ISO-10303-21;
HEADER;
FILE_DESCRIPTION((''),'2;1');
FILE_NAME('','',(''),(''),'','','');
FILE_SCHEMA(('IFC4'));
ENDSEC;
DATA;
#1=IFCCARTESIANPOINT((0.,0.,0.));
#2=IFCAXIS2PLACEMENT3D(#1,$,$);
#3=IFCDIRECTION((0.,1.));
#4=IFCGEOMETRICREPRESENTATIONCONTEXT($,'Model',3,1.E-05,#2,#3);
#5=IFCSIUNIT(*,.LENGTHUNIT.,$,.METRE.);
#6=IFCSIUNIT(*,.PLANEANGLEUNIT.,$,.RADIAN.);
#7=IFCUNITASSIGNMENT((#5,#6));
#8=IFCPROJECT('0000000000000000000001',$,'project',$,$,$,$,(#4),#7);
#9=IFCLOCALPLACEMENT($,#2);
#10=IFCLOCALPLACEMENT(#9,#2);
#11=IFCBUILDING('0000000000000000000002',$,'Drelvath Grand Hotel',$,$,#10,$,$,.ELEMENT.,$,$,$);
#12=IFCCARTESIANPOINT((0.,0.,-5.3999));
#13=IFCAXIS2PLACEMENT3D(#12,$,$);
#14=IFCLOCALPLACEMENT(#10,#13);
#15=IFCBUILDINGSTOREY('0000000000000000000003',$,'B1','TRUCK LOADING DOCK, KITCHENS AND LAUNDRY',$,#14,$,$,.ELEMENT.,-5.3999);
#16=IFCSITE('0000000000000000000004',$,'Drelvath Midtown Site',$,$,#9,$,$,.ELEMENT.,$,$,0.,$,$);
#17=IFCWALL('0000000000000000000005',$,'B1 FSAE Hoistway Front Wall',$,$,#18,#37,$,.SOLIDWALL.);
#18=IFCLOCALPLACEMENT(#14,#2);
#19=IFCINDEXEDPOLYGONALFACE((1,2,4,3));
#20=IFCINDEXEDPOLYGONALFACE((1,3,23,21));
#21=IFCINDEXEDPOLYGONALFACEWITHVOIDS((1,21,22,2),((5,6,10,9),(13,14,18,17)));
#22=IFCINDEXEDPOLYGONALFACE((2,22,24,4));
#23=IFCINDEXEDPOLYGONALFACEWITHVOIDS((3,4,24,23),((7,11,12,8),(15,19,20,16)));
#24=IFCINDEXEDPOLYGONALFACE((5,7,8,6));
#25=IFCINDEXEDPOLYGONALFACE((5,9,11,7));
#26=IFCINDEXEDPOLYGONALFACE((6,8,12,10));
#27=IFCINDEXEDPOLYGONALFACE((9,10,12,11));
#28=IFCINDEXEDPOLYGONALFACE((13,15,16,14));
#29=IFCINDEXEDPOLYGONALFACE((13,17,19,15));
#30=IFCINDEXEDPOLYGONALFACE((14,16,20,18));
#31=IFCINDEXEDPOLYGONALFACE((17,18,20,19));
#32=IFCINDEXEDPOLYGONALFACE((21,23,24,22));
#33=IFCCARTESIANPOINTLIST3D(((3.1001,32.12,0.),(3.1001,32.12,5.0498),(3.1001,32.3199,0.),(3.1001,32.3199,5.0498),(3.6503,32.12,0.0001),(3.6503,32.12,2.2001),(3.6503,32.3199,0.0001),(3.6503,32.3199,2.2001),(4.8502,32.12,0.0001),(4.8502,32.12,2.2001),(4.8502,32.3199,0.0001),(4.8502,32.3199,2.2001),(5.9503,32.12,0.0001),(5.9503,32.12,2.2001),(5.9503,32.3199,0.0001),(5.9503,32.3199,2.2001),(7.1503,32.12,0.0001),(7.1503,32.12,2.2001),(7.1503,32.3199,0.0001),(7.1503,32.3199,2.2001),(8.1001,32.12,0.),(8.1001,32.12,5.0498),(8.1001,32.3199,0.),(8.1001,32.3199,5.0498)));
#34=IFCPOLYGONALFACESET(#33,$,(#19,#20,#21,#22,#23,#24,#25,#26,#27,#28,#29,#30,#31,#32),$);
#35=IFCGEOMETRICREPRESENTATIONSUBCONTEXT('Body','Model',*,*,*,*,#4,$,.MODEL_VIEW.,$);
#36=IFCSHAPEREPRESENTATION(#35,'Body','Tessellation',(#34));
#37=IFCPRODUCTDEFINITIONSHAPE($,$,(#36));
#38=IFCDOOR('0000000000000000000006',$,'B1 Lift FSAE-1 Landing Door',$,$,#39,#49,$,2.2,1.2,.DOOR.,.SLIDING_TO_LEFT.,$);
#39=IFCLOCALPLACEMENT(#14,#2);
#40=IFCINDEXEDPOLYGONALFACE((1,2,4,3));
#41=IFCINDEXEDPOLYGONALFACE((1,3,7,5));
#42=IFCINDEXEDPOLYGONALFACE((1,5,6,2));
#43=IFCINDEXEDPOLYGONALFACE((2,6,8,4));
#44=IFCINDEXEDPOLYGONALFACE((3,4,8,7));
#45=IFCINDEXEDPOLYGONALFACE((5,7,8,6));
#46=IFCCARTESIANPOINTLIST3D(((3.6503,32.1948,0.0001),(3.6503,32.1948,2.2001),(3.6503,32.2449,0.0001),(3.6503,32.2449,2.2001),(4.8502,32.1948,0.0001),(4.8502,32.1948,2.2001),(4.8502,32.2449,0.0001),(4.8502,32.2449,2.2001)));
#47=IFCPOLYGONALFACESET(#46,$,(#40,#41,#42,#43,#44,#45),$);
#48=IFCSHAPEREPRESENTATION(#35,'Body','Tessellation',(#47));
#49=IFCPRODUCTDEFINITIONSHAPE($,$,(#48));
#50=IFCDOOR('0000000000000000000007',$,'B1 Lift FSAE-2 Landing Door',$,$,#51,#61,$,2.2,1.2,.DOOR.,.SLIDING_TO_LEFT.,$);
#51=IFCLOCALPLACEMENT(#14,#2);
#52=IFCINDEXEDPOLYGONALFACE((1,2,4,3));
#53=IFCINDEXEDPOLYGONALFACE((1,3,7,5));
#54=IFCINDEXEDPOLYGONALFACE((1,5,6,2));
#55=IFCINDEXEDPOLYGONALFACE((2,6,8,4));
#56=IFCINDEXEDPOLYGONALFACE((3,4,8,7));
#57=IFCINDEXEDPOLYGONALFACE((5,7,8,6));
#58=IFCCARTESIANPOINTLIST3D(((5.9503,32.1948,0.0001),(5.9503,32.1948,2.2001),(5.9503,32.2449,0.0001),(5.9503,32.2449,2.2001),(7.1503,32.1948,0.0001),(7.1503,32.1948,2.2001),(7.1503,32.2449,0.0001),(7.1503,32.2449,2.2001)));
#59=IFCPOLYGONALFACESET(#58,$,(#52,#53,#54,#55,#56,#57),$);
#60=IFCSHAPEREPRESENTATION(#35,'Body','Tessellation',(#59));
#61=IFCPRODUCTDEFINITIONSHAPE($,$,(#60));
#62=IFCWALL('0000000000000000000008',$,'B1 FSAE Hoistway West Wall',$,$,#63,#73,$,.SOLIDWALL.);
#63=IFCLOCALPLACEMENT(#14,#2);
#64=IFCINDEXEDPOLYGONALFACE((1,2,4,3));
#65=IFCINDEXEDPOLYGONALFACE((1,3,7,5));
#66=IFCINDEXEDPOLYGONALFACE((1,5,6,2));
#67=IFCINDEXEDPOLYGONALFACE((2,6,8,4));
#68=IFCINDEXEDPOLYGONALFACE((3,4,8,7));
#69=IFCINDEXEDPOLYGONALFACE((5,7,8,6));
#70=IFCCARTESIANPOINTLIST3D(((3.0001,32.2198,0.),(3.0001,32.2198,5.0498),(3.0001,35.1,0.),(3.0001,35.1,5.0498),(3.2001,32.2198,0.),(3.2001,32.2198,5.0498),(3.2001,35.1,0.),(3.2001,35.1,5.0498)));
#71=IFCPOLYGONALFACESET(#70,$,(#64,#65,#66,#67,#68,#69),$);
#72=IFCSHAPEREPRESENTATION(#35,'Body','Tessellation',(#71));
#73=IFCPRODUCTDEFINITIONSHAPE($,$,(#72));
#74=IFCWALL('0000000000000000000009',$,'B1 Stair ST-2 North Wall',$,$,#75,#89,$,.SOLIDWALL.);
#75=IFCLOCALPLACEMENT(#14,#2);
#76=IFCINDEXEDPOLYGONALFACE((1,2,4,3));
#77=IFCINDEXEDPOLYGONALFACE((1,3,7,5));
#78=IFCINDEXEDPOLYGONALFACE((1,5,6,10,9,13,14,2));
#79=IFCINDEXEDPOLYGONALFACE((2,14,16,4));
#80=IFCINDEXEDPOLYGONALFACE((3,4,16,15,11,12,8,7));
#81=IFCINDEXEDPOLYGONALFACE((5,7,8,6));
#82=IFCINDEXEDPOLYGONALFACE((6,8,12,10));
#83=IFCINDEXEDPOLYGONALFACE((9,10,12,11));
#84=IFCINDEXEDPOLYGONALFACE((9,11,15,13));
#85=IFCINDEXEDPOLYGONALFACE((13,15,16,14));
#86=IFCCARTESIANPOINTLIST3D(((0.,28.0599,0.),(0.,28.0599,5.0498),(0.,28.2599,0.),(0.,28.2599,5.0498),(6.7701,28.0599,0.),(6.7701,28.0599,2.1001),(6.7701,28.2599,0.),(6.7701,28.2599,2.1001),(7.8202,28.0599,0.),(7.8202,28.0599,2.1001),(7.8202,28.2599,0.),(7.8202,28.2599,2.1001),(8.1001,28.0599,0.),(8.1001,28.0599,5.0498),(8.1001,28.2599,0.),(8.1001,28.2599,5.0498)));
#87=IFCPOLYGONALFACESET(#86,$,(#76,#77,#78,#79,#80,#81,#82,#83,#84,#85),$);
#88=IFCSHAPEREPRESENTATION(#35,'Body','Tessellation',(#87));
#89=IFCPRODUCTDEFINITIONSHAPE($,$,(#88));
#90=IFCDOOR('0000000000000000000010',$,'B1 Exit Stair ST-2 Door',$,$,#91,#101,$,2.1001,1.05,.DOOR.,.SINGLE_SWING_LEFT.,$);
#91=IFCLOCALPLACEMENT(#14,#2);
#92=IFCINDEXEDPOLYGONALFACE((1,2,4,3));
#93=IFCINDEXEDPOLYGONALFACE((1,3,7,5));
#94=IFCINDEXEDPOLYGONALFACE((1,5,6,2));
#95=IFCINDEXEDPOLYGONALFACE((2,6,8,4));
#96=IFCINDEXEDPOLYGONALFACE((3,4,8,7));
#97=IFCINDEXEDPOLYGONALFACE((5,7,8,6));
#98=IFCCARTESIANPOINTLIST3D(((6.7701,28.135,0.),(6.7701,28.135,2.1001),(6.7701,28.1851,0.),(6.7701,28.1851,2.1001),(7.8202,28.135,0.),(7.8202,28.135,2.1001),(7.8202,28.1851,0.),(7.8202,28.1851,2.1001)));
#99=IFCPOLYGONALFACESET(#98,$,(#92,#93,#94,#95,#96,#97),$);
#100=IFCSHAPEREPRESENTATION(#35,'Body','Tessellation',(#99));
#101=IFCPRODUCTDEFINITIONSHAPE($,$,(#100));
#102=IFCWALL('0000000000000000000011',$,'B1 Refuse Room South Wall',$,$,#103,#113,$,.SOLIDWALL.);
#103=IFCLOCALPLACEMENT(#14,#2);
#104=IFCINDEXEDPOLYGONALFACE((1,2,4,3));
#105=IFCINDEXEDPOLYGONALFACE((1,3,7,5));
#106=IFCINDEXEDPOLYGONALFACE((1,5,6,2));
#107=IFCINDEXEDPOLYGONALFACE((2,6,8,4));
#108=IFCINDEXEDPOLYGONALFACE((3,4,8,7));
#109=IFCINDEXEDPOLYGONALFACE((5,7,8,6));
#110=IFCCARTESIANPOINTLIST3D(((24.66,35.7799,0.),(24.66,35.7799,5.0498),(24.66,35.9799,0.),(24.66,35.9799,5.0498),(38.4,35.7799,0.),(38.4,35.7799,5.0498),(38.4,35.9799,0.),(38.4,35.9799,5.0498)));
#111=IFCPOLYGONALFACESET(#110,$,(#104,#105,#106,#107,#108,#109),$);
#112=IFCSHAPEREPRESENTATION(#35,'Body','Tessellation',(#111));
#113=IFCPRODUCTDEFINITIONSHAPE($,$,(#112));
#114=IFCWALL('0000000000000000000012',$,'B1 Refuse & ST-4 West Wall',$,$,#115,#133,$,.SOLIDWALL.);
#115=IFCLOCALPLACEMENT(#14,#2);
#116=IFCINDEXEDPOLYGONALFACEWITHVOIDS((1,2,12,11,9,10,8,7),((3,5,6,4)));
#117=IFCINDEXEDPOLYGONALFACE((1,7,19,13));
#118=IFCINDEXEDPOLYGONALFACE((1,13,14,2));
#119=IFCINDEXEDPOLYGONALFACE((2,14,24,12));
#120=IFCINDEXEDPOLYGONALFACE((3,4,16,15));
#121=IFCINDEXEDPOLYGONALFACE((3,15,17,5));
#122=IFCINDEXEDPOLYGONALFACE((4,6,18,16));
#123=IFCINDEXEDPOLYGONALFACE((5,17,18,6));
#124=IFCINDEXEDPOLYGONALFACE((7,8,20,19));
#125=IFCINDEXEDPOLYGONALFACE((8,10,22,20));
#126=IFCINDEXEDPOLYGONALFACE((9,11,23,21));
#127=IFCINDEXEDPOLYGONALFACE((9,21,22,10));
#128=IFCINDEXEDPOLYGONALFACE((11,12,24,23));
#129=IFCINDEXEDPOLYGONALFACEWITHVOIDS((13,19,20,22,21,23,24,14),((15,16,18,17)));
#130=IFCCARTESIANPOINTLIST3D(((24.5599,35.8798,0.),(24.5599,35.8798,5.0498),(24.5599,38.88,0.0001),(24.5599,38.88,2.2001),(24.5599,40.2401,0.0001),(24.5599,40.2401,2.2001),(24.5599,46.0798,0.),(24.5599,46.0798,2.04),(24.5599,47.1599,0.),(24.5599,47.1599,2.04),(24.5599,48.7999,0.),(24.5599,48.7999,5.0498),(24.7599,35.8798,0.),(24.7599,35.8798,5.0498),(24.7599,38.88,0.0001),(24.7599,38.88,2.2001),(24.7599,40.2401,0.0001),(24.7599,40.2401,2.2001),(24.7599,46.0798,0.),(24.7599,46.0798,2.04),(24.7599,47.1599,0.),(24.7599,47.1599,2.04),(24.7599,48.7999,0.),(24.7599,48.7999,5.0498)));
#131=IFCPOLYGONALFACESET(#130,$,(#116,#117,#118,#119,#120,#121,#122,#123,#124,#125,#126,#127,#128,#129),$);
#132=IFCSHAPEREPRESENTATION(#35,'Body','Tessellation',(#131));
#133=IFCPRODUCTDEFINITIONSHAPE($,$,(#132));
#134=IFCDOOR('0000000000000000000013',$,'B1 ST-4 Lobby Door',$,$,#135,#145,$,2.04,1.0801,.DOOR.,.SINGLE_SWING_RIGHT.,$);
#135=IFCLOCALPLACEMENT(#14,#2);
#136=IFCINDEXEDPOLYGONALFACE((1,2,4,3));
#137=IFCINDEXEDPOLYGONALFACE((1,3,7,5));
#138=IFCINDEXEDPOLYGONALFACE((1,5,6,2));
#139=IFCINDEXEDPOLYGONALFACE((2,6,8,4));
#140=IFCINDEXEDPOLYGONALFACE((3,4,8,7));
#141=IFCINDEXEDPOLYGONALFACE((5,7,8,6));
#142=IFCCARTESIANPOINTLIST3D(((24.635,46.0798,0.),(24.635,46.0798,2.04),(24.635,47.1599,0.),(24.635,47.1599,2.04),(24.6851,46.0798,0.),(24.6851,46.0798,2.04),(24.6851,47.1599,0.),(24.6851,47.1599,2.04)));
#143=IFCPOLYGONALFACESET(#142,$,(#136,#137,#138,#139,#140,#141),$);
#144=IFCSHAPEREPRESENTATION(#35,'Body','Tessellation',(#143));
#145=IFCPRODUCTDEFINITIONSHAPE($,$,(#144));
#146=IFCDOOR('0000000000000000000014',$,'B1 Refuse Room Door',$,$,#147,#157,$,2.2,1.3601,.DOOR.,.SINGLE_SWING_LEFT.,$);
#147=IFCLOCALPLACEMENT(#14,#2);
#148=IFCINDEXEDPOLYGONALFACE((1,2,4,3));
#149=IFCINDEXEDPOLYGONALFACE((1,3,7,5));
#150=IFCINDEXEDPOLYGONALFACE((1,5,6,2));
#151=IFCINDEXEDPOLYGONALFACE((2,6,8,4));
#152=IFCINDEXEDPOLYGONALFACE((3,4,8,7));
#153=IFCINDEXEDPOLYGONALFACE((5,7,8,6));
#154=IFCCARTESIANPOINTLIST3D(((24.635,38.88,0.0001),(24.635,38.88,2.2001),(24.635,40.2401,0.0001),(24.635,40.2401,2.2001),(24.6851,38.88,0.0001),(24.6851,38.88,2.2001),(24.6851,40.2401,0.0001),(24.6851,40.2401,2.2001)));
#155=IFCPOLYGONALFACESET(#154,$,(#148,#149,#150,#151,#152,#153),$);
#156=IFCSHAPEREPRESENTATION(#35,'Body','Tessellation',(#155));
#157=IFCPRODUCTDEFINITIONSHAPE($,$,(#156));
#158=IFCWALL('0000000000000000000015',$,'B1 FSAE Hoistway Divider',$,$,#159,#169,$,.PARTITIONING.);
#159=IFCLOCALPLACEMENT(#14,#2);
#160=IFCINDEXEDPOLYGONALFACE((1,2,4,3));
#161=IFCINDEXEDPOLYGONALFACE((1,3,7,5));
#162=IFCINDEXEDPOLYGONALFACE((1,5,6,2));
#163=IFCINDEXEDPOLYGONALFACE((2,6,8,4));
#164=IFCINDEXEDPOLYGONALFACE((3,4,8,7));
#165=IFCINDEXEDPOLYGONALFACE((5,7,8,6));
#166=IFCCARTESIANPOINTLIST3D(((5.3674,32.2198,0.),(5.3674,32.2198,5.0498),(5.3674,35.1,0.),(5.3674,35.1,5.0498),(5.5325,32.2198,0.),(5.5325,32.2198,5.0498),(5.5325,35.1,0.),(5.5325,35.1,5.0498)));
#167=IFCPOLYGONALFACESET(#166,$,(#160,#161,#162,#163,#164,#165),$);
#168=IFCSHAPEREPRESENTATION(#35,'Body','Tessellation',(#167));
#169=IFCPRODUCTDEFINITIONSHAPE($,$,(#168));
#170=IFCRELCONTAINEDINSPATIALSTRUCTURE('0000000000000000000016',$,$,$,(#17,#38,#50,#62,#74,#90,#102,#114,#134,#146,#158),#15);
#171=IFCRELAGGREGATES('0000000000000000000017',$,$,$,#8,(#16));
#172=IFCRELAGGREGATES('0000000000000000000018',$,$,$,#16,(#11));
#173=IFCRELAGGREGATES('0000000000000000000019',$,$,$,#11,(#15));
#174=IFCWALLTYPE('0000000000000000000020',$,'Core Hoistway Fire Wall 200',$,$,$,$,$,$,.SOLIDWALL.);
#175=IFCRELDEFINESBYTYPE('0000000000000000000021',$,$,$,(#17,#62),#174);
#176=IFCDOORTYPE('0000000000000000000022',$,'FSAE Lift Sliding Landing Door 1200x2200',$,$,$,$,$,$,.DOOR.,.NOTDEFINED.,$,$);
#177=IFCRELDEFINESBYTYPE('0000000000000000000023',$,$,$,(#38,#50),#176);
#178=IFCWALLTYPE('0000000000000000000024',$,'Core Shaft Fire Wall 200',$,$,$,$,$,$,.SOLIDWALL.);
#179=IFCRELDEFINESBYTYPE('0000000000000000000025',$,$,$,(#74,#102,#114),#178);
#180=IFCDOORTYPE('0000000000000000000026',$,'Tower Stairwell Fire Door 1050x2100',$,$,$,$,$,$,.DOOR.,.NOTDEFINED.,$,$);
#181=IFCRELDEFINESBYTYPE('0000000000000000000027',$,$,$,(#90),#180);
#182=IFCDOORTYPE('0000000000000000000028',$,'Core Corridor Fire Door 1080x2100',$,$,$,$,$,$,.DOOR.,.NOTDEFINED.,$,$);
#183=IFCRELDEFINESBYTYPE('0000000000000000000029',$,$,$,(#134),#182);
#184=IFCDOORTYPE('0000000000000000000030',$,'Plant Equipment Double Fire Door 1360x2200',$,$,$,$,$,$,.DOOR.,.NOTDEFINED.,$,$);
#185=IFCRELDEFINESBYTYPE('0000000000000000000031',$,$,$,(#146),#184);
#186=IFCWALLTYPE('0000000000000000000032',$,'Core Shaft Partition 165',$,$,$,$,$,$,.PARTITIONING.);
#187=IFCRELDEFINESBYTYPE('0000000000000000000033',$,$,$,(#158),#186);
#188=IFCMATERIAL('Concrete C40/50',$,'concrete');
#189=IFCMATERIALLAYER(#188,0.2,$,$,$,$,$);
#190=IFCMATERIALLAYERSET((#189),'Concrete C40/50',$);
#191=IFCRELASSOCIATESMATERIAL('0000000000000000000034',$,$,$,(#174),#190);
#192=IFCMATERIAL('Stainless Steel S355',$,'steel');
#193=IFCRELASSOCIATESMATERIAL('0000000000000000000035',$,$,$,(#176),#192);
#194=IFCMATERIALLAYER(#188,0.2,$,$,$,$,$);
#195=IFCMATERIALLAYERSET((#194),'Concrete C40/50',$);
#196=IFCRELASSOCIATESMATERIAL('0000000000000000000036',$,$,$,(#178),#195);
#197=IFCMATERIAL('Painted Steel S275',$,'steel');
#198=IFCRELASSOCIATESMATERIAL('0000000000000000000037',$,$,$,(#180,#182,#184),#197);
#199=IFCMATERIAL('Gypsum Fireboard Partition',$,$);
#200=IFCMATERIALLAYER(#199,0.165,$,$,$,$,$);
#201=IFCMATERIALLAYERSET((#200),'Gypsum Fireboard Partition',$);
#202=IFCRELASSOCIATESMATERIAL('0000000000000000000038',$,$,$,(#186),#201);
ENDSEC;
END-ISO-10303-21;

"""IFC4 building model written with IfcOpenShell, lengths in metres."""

from ifc_helpers import new_model, si_unit, direction, frame, frame_2d, origin, place, context, subcontext, project, spatial, rectangle, extrude, material, layer, layer_set, type_object, element, fill, save


model = new_model("IFC4")

# Units and contexts
model_context = context("Model", 3, precision=1e-05, world=origin(), true_north=direction((0.0, 1.0)))
body_context = subcontext(model_context, "Body", "Model", "MODEL_VIEW")
ifc_project = project(units=[si_unit("LENGTHUNIT", "METRE"), si_unit("PLANEANGLEUNIT", "RADIAN")], contexts=[model_context])

# Site, building, storey
site_placement = place(None, origin())
site = spatial("IfcSite", under=ifc_project, at=site_placement, Name="Drelvath Midtown Site", CompositionType="ELEMENT", RefElevation=0.0)
building_placement = place(site_placement, origin())
building = spatial("IfcBuilding", under=site, at=building_placement, Name="Drelvath Grand Hotel", CompositionType="ELEMENT")
storey_placement = place(building_placement, frame((0.0, 0.0, -5.3999)))
storey = spatial("IfcBuildingStorey", under=building, at=storey_placement, Name="B1", Description="TRUCK LOADING DOCK, KITCHENS AND LAUNDRY", CompositionType="ELEMENT", Elevation=-5.3999)

# Wall, openings, doors
ifc_material_1 = material(Name="Concrete C40/50", Category="concrete")
ifc_layer_1 = layer(ifc_material_1, 0.2)
ifc_layer_set_1 = layer_set([ifc_layer_1], Name="Concrete C40/50")
wall_type_1 = type_object("IfcWallType", Name="Core Hoistway Fire Wall 200", PredefinedType="SOLIDWALL", material=ifc_layer_set_1)
wall_1_placement = place(storey_placement, frame((3.1001, 32.22, 0.0), z_axis=(0.0, 0.0, 1.0), x_axis=(1.0, 0.0, 0.0)))
wall_1 = element("IfcWall", 1, at=wall_1_placement, inside=storey, type_object=wall_type_1, Name="B1 FSAE Hoistway Front Wall", PredefinedType="SOLIDWALL", context=body_context, shape_type="SweptSolid", body=[
    extrude(rectangle(XDim=5.0, YDim=0.2, at=frame_2d((2.5, 0.0))), origin(), (0.0, 0.0, 1.0), 5.0498),
])
opening_1_placement = place(wall_1_placement, frame((0.55, 0.0, 0.0)))
opening_1 = element("IfcOpeningElement", 2, at=opening_1_placement, cuts=wall_1, PredefinedType="OPENING", context=body_context, shape_type="SweptSolid", body=[
    extrude(rectangle(XDim=1.2, YDim=2.2, at=frame_2d((0.6001, 1.1001))), frame((0.0, 0.1099, 0.0), z_axis=(0.0, -1.0, 0.0), x_axis=(1.0, 0.0, 0.0)), (0.0, 0.0, 1.0), 0.22),
])
opening_2_placement = place(wall_1_placement, frame((2.8501, 0.0, 0.0)))
opening_2 = element("IfcOpeningElement", 3, at=opening_2_placement, cuts=wall_1, PredefinedType="OPENING", context=body_context, shape_type="SweptSolid", body=[
    extrude(rectangle(XDim=1.2, YDim=2.2, at=frame_2d((0.6001, 1.1001))), frame((0.0, 0.1099, 0.0), z_axis=(0.0, -1.0, 0.0), x_axis=(1.0, 0.0, 0.0)), (0.0, 0.0, 1.0), 0.22),
])
ifc_material_2 = material(Name="Stainless Steel S355", Category="steel")
door_type_1 = type_object("IfcDoorType", Name="FSAE Lift Sliding Landing Door 1200x2200", OperationType="NOTDEFINED", PredefinedType="DOOR", material=ifc_material_2)
door_1_placement = place(opening_1_placement, origin())
door_1 = element("IfcDoor", 4, at=door_1_placement, inside=storey, type_object=door_type_1, Name="B1 Lift FSAE-1 Landing Door", OperationType="SLIDING_TO_LEFT", OverallHeight=2.2, OverallWidth=1.2, PredefinedType="DOOR", context=body_context, shape_type="SweptSolid", body=[
    extrude(rectangle(XDim=1.2, YDim=2.2, at=frame_2d((0.6001, 1.1001))), frame((0.0, 0.0249, 0.0), z_axis=(0.0, -1.0, 0.0), x_axis=(1.0, 0.0, 0.0)), (0.0, 0.0, 1.0), 0.05),
])
fill(opening_1, door_1)
door_2_placement = place(opening_2_placement, origin())
door_2 = element("IfcDoor", 5, at=door_2_placement, inside=storey, type_object=door_type_1, Name="B1 Lift FSAE-2 Landing Door", OperationType="SLIDING_TO_LEFT", OverallHeight=2.2, OverallWidth=1.2, PredefinedType="DOOR", context=body_context, shape_type="SweptSolid", body=[
    extrude(rectangle(XDim=1.2, YDim=2.2, at=frame_2d((0.6001, 1.1001))), frame((0.0, 0.0249, 0.0), z_axis=(0.0, -1.0, 0.0), x_axis=(1.0, 0.0, 0.0)), (0.0, 0.0, 1.0), 0.05),
])
fill(opening_2, door_2)

# Wall
wall_2_placement = place(storey_placement, frame((3.1001, 32.22, 0.0), z_axis=(0.0, 0.0, 1.0), x_axis=(0.0, 1.0, 0.0)))
element("IfcWall", 6, at=wall_2_placement, inside=storey, type_object=wall_type_1, Name="B1 FSAE Hoistway West Wall", PredefinedType="SOLIDWALL", context=body_context, shape_type="SweptSolid", body=[
    extrude(rectangle(XDim=2.8801, YDim=0.2, at=frame_2d((1.4399, 0.0))), origin(), (0.0, 0.0, 1.0), 5.0498),
])

# Wall, opening, door
ifc_layer_2 = layer(ifc_material_1, 0.2)
ifc_layer_set_2 = layer_set([ifc_layer_2], Name="Concrete C40/50")
wall_type_2 = type_object("IfcWallType", Name="Core Shaft Fire Wall 200", PredefinedType="SOLIDWALL", material=ifc_layer_set_2)
wall_3_placement = place(storey_placement, frame((8.1001, 28.1599, 0.0), z_axis=(0.0, 0.0, 1.0), x_axis=(-1.0, 0.0, 0.0)))
wall_3 = element("IfcWall", 7, at=wall_3_placement, inside=storey, type_object=wall_type_2, Name="B1 Stair ST-2 North Wall", PredefinedType="SOLIDWALL", context=body_context, shape_type="SweptSolid", body=[
    extrude(rectangle(XDim=8.1001, YDim=0.2, at=frame_2d((4.05, 0.0))), origin(), (0.0, 0.0, 1.0), 5.0498),
])
opening_3_placement = place(wall_3_placement, frame((0.28, 0.0, 0.0)))
opening_3 = element("IfcOpeningElement", 8, at=opening_3_placement, cuts=wall_3, PredefinedType="OPENING", context=body_context, shape_type="SweptSolid", body=[
    extrude(rectangle(XDim=1.05, YDim=2.1001, at=frame_2d((0.5249, 1.05))), frame((0.0, 0.1099, 0.0), z_axis=(0.0, -1.0, 0.0), x_axis=(1.0, 0.0, 0.0)), (0.0, 0.0, 1.0), 0.22),
])
ifc_material_3 = material(Name="Painted Steel S275", Category="steel")
door_type_2 = type_object("IfcDoorType", Name="Tower Stairwell Fire Door 1050x2100", OperationType="NOTDEFINED", PredefinedType="DOOR", material=ifc_material_3)
door_3_placement = place(opening_3_placement, origin())
door_3 = element("IfcDoor", 9, at=door_3_placement, inside=storey, type_object=door_type_2, Name="B1 Exit Stair ST-2 Door", OperationType="SINGLE_SWING_LEFT", OverallHeight=2.1001, OverallWidth=1.05, PredefinedType="DOOR", context=body_context, shape_type="SweptSolid", body=[
    extrude(rectangle(XDim=1.05, YDim=2.1001, at=frame_2d((0.5249, 1.05))), frame((0.0, 0.0249, 0.0), z_axis=(0.0, -1.0, 0.0), x_axis=(1.0, 0.0, 0.0)), (0.0, 0.0, 1.0), 0.05),
])
fill(opening_3, door_3)

# Wall
wall_4_placement = place(storey_placement, frame((24.6599, 35.8799, 0.0), z_axis=(0.0, 0.0, 1.0), x_axis=(1.0, 0.0, 0.0)))
element("IfcWall", 10, at=wall_4_placement, inside=storey, type_object=wall_type_2, Name="B1 Refuse Room South Wall", PredefinedType="SOLIDWALL", context=body_context, shape_type="SweptSolid", body=[
    extrude(rectangle(XDim=13.74, YDim=0.2, at=frame_2d((6.8701, 0.0))), origin(), (0.0, 0.0, 1.0), 5.0498),
])

# Wall, openings, doors
wall_5_placement = place(storey_placement, frame((24.6599, 35.8799, 0.0), z_axis=(0.0, 0.0, 1.0), x_axis=(0.0, 1.0, 0.0)))
wall_5 = element("IfcWall", 11, at=wall_5_placement, inside=storey, type_object=wall_type_2, Name="B1 Refuse & ST-4 West Wall", PredefinedType="SOLIDWALL", context=body_context, shape_type="SweptSolid", body=[
    extrude(rectangle(XDim=12.9202, YDim=0.2, at=frame_2d((6.46, 0.0))), origin(), (0.0, 0.0, 1.0), 5.0498),
])
opening_4_placement = place(wall_5_placement, frame((3.0, 0.0, 0.0)))
opening_4 = element("IfcOpeningElement", 12, at=opening_4_placement, cuts=wall_5, PredefinedType="OPENING", context=body_context, shape_type="SweptSolid", body=[
    extrude(rectangle(XDim=1.3601, YDim=2.2, at=frame_2d((0.6802, 1.1001))), frame((0.0, 0.1099, 0.0), z_axis=(0.0, -1.0, 0.0), x_axis=(1.0, 0.0, 0.0)), (0.0, 0.0, 1.0), 0.22),
])
opening_5_placement = place(wall_5_placement, frame((10.2, 0.0, 0.0)))
opening_5 = element("IfcOpeningElement", 13, at=opening_5_placement, cuts=wall_5, PredefinedType="OPENING", context=body_context, shape_type="SweptSolid", body=[
    extrude(rectangle(XDim=1.0801, YDim=2.04, at=frame_2d((0.54, 1.02))), frame((0.0, 0.1099, 0.0), z_axis=(0.0, -1.0, 0.0), x_axis=(1.0, 0.0, 0.0)), (0.0, 0.0, 1.0), 0.22),
])
door_type_3 = type_object("IfcDoorType", Name="Core Corridor Fire Door 1080x2100", OperationType="NOTDEFINED", PredefinedType="DOOR", material=ifc_material_3)
door_4_placement = place(opening_5_placement, origin())
door_4 = element("IfcDoor", 14, at=door_4_placement, inside=storey, type_object=door_type_3, Name="B1 ST-4 Lobby Door", OperationType="SINGLE_SWING_RIGHT", OverallHeight=2.04, OverallWidth=1.0801, PredefinedType="DOOR", context=body_context, shape_type="SweptSolid", body=[
    extrude(rectangle(XDim=1.0801, YDim=2.04, at=frame_2d((0.54, 1.02))), frame((0.0, 0.0249, 0.0), z_axis=(0.0, -1.0, 0.0), x_axis=(1.0, 0.0, 0.0)), (0.0, 0.0, 1.0), 0.05),
])
fill(opening_5, door_4)
door_type_4 = type_object("IfcDoorType", Name="Plant Equipment Double Fire Door 1360x2200", OperationType="NOTDEFINED", PredefinedType="DOOR", material=ifc_material_3)
door_5_placement = place(opening_4_placement, origin())
door_5 = element("IfcDoor", 15, at=door_5_placement, inside=storey, type_object=door_type_4, Name="B1 Refuse Room Door", OperationType="SINGLE_SWING_LEFT", OverallHeight=2.2, OverallWidth=1.3601, PredefinedType="DOOR", context=body_context, shape_type="SweptSolid", body=[
    extrude(rectangle(XDim=1.3601, YDim=2.2, at=frame_2d((0.6802, 1.1001))), frame((0.0, 0.0249, 0.0), z_axis=(0.0, -1.0, 0.0), x_axis=(1.0, 0.0, 0.0)), (0.0, 0.0, 1.0), 0.05),
])
fill(opening_4, door_5)

# Wall
ifc_material_4 = material(Name="Gypsum Fireboard Partition")
ifc_layer_3 = layer(ifc_material_4, 0.165)
ifc_layer_set_3 = layer_set([ifc_layer_3], Name="Gypsum Fireboard Partition")
wall_type_3 = type_object("IfcWallType", Name="Core Shaft Partition 165", PredefinedType="PARTITIONING", material=ifc_layer_set_3)
wall_6_placement = place(storey_placement, frame((5.45, 32.22, 0.0), z_axis=(0.0, 0.0, 1.0), x_axis=(0.0, 1.0, 0.0)))
element("IfcWall", 16, at=wall_6_placement, inside=storey, type_object=wall_type_3, Name="B1 FSAE Hoistway Divider", PredefinedType="PARTITIONING", context=body_context, shape_type="SweptSolid", body=[
    extrude(rectangle(XDim=2.8801, YDim=0.165, at=frame_2d((1.4399, 0.0))), origin(), (0.0, 0.0, 1.0), 5.0498),
])

save(model, "model.ifc")
